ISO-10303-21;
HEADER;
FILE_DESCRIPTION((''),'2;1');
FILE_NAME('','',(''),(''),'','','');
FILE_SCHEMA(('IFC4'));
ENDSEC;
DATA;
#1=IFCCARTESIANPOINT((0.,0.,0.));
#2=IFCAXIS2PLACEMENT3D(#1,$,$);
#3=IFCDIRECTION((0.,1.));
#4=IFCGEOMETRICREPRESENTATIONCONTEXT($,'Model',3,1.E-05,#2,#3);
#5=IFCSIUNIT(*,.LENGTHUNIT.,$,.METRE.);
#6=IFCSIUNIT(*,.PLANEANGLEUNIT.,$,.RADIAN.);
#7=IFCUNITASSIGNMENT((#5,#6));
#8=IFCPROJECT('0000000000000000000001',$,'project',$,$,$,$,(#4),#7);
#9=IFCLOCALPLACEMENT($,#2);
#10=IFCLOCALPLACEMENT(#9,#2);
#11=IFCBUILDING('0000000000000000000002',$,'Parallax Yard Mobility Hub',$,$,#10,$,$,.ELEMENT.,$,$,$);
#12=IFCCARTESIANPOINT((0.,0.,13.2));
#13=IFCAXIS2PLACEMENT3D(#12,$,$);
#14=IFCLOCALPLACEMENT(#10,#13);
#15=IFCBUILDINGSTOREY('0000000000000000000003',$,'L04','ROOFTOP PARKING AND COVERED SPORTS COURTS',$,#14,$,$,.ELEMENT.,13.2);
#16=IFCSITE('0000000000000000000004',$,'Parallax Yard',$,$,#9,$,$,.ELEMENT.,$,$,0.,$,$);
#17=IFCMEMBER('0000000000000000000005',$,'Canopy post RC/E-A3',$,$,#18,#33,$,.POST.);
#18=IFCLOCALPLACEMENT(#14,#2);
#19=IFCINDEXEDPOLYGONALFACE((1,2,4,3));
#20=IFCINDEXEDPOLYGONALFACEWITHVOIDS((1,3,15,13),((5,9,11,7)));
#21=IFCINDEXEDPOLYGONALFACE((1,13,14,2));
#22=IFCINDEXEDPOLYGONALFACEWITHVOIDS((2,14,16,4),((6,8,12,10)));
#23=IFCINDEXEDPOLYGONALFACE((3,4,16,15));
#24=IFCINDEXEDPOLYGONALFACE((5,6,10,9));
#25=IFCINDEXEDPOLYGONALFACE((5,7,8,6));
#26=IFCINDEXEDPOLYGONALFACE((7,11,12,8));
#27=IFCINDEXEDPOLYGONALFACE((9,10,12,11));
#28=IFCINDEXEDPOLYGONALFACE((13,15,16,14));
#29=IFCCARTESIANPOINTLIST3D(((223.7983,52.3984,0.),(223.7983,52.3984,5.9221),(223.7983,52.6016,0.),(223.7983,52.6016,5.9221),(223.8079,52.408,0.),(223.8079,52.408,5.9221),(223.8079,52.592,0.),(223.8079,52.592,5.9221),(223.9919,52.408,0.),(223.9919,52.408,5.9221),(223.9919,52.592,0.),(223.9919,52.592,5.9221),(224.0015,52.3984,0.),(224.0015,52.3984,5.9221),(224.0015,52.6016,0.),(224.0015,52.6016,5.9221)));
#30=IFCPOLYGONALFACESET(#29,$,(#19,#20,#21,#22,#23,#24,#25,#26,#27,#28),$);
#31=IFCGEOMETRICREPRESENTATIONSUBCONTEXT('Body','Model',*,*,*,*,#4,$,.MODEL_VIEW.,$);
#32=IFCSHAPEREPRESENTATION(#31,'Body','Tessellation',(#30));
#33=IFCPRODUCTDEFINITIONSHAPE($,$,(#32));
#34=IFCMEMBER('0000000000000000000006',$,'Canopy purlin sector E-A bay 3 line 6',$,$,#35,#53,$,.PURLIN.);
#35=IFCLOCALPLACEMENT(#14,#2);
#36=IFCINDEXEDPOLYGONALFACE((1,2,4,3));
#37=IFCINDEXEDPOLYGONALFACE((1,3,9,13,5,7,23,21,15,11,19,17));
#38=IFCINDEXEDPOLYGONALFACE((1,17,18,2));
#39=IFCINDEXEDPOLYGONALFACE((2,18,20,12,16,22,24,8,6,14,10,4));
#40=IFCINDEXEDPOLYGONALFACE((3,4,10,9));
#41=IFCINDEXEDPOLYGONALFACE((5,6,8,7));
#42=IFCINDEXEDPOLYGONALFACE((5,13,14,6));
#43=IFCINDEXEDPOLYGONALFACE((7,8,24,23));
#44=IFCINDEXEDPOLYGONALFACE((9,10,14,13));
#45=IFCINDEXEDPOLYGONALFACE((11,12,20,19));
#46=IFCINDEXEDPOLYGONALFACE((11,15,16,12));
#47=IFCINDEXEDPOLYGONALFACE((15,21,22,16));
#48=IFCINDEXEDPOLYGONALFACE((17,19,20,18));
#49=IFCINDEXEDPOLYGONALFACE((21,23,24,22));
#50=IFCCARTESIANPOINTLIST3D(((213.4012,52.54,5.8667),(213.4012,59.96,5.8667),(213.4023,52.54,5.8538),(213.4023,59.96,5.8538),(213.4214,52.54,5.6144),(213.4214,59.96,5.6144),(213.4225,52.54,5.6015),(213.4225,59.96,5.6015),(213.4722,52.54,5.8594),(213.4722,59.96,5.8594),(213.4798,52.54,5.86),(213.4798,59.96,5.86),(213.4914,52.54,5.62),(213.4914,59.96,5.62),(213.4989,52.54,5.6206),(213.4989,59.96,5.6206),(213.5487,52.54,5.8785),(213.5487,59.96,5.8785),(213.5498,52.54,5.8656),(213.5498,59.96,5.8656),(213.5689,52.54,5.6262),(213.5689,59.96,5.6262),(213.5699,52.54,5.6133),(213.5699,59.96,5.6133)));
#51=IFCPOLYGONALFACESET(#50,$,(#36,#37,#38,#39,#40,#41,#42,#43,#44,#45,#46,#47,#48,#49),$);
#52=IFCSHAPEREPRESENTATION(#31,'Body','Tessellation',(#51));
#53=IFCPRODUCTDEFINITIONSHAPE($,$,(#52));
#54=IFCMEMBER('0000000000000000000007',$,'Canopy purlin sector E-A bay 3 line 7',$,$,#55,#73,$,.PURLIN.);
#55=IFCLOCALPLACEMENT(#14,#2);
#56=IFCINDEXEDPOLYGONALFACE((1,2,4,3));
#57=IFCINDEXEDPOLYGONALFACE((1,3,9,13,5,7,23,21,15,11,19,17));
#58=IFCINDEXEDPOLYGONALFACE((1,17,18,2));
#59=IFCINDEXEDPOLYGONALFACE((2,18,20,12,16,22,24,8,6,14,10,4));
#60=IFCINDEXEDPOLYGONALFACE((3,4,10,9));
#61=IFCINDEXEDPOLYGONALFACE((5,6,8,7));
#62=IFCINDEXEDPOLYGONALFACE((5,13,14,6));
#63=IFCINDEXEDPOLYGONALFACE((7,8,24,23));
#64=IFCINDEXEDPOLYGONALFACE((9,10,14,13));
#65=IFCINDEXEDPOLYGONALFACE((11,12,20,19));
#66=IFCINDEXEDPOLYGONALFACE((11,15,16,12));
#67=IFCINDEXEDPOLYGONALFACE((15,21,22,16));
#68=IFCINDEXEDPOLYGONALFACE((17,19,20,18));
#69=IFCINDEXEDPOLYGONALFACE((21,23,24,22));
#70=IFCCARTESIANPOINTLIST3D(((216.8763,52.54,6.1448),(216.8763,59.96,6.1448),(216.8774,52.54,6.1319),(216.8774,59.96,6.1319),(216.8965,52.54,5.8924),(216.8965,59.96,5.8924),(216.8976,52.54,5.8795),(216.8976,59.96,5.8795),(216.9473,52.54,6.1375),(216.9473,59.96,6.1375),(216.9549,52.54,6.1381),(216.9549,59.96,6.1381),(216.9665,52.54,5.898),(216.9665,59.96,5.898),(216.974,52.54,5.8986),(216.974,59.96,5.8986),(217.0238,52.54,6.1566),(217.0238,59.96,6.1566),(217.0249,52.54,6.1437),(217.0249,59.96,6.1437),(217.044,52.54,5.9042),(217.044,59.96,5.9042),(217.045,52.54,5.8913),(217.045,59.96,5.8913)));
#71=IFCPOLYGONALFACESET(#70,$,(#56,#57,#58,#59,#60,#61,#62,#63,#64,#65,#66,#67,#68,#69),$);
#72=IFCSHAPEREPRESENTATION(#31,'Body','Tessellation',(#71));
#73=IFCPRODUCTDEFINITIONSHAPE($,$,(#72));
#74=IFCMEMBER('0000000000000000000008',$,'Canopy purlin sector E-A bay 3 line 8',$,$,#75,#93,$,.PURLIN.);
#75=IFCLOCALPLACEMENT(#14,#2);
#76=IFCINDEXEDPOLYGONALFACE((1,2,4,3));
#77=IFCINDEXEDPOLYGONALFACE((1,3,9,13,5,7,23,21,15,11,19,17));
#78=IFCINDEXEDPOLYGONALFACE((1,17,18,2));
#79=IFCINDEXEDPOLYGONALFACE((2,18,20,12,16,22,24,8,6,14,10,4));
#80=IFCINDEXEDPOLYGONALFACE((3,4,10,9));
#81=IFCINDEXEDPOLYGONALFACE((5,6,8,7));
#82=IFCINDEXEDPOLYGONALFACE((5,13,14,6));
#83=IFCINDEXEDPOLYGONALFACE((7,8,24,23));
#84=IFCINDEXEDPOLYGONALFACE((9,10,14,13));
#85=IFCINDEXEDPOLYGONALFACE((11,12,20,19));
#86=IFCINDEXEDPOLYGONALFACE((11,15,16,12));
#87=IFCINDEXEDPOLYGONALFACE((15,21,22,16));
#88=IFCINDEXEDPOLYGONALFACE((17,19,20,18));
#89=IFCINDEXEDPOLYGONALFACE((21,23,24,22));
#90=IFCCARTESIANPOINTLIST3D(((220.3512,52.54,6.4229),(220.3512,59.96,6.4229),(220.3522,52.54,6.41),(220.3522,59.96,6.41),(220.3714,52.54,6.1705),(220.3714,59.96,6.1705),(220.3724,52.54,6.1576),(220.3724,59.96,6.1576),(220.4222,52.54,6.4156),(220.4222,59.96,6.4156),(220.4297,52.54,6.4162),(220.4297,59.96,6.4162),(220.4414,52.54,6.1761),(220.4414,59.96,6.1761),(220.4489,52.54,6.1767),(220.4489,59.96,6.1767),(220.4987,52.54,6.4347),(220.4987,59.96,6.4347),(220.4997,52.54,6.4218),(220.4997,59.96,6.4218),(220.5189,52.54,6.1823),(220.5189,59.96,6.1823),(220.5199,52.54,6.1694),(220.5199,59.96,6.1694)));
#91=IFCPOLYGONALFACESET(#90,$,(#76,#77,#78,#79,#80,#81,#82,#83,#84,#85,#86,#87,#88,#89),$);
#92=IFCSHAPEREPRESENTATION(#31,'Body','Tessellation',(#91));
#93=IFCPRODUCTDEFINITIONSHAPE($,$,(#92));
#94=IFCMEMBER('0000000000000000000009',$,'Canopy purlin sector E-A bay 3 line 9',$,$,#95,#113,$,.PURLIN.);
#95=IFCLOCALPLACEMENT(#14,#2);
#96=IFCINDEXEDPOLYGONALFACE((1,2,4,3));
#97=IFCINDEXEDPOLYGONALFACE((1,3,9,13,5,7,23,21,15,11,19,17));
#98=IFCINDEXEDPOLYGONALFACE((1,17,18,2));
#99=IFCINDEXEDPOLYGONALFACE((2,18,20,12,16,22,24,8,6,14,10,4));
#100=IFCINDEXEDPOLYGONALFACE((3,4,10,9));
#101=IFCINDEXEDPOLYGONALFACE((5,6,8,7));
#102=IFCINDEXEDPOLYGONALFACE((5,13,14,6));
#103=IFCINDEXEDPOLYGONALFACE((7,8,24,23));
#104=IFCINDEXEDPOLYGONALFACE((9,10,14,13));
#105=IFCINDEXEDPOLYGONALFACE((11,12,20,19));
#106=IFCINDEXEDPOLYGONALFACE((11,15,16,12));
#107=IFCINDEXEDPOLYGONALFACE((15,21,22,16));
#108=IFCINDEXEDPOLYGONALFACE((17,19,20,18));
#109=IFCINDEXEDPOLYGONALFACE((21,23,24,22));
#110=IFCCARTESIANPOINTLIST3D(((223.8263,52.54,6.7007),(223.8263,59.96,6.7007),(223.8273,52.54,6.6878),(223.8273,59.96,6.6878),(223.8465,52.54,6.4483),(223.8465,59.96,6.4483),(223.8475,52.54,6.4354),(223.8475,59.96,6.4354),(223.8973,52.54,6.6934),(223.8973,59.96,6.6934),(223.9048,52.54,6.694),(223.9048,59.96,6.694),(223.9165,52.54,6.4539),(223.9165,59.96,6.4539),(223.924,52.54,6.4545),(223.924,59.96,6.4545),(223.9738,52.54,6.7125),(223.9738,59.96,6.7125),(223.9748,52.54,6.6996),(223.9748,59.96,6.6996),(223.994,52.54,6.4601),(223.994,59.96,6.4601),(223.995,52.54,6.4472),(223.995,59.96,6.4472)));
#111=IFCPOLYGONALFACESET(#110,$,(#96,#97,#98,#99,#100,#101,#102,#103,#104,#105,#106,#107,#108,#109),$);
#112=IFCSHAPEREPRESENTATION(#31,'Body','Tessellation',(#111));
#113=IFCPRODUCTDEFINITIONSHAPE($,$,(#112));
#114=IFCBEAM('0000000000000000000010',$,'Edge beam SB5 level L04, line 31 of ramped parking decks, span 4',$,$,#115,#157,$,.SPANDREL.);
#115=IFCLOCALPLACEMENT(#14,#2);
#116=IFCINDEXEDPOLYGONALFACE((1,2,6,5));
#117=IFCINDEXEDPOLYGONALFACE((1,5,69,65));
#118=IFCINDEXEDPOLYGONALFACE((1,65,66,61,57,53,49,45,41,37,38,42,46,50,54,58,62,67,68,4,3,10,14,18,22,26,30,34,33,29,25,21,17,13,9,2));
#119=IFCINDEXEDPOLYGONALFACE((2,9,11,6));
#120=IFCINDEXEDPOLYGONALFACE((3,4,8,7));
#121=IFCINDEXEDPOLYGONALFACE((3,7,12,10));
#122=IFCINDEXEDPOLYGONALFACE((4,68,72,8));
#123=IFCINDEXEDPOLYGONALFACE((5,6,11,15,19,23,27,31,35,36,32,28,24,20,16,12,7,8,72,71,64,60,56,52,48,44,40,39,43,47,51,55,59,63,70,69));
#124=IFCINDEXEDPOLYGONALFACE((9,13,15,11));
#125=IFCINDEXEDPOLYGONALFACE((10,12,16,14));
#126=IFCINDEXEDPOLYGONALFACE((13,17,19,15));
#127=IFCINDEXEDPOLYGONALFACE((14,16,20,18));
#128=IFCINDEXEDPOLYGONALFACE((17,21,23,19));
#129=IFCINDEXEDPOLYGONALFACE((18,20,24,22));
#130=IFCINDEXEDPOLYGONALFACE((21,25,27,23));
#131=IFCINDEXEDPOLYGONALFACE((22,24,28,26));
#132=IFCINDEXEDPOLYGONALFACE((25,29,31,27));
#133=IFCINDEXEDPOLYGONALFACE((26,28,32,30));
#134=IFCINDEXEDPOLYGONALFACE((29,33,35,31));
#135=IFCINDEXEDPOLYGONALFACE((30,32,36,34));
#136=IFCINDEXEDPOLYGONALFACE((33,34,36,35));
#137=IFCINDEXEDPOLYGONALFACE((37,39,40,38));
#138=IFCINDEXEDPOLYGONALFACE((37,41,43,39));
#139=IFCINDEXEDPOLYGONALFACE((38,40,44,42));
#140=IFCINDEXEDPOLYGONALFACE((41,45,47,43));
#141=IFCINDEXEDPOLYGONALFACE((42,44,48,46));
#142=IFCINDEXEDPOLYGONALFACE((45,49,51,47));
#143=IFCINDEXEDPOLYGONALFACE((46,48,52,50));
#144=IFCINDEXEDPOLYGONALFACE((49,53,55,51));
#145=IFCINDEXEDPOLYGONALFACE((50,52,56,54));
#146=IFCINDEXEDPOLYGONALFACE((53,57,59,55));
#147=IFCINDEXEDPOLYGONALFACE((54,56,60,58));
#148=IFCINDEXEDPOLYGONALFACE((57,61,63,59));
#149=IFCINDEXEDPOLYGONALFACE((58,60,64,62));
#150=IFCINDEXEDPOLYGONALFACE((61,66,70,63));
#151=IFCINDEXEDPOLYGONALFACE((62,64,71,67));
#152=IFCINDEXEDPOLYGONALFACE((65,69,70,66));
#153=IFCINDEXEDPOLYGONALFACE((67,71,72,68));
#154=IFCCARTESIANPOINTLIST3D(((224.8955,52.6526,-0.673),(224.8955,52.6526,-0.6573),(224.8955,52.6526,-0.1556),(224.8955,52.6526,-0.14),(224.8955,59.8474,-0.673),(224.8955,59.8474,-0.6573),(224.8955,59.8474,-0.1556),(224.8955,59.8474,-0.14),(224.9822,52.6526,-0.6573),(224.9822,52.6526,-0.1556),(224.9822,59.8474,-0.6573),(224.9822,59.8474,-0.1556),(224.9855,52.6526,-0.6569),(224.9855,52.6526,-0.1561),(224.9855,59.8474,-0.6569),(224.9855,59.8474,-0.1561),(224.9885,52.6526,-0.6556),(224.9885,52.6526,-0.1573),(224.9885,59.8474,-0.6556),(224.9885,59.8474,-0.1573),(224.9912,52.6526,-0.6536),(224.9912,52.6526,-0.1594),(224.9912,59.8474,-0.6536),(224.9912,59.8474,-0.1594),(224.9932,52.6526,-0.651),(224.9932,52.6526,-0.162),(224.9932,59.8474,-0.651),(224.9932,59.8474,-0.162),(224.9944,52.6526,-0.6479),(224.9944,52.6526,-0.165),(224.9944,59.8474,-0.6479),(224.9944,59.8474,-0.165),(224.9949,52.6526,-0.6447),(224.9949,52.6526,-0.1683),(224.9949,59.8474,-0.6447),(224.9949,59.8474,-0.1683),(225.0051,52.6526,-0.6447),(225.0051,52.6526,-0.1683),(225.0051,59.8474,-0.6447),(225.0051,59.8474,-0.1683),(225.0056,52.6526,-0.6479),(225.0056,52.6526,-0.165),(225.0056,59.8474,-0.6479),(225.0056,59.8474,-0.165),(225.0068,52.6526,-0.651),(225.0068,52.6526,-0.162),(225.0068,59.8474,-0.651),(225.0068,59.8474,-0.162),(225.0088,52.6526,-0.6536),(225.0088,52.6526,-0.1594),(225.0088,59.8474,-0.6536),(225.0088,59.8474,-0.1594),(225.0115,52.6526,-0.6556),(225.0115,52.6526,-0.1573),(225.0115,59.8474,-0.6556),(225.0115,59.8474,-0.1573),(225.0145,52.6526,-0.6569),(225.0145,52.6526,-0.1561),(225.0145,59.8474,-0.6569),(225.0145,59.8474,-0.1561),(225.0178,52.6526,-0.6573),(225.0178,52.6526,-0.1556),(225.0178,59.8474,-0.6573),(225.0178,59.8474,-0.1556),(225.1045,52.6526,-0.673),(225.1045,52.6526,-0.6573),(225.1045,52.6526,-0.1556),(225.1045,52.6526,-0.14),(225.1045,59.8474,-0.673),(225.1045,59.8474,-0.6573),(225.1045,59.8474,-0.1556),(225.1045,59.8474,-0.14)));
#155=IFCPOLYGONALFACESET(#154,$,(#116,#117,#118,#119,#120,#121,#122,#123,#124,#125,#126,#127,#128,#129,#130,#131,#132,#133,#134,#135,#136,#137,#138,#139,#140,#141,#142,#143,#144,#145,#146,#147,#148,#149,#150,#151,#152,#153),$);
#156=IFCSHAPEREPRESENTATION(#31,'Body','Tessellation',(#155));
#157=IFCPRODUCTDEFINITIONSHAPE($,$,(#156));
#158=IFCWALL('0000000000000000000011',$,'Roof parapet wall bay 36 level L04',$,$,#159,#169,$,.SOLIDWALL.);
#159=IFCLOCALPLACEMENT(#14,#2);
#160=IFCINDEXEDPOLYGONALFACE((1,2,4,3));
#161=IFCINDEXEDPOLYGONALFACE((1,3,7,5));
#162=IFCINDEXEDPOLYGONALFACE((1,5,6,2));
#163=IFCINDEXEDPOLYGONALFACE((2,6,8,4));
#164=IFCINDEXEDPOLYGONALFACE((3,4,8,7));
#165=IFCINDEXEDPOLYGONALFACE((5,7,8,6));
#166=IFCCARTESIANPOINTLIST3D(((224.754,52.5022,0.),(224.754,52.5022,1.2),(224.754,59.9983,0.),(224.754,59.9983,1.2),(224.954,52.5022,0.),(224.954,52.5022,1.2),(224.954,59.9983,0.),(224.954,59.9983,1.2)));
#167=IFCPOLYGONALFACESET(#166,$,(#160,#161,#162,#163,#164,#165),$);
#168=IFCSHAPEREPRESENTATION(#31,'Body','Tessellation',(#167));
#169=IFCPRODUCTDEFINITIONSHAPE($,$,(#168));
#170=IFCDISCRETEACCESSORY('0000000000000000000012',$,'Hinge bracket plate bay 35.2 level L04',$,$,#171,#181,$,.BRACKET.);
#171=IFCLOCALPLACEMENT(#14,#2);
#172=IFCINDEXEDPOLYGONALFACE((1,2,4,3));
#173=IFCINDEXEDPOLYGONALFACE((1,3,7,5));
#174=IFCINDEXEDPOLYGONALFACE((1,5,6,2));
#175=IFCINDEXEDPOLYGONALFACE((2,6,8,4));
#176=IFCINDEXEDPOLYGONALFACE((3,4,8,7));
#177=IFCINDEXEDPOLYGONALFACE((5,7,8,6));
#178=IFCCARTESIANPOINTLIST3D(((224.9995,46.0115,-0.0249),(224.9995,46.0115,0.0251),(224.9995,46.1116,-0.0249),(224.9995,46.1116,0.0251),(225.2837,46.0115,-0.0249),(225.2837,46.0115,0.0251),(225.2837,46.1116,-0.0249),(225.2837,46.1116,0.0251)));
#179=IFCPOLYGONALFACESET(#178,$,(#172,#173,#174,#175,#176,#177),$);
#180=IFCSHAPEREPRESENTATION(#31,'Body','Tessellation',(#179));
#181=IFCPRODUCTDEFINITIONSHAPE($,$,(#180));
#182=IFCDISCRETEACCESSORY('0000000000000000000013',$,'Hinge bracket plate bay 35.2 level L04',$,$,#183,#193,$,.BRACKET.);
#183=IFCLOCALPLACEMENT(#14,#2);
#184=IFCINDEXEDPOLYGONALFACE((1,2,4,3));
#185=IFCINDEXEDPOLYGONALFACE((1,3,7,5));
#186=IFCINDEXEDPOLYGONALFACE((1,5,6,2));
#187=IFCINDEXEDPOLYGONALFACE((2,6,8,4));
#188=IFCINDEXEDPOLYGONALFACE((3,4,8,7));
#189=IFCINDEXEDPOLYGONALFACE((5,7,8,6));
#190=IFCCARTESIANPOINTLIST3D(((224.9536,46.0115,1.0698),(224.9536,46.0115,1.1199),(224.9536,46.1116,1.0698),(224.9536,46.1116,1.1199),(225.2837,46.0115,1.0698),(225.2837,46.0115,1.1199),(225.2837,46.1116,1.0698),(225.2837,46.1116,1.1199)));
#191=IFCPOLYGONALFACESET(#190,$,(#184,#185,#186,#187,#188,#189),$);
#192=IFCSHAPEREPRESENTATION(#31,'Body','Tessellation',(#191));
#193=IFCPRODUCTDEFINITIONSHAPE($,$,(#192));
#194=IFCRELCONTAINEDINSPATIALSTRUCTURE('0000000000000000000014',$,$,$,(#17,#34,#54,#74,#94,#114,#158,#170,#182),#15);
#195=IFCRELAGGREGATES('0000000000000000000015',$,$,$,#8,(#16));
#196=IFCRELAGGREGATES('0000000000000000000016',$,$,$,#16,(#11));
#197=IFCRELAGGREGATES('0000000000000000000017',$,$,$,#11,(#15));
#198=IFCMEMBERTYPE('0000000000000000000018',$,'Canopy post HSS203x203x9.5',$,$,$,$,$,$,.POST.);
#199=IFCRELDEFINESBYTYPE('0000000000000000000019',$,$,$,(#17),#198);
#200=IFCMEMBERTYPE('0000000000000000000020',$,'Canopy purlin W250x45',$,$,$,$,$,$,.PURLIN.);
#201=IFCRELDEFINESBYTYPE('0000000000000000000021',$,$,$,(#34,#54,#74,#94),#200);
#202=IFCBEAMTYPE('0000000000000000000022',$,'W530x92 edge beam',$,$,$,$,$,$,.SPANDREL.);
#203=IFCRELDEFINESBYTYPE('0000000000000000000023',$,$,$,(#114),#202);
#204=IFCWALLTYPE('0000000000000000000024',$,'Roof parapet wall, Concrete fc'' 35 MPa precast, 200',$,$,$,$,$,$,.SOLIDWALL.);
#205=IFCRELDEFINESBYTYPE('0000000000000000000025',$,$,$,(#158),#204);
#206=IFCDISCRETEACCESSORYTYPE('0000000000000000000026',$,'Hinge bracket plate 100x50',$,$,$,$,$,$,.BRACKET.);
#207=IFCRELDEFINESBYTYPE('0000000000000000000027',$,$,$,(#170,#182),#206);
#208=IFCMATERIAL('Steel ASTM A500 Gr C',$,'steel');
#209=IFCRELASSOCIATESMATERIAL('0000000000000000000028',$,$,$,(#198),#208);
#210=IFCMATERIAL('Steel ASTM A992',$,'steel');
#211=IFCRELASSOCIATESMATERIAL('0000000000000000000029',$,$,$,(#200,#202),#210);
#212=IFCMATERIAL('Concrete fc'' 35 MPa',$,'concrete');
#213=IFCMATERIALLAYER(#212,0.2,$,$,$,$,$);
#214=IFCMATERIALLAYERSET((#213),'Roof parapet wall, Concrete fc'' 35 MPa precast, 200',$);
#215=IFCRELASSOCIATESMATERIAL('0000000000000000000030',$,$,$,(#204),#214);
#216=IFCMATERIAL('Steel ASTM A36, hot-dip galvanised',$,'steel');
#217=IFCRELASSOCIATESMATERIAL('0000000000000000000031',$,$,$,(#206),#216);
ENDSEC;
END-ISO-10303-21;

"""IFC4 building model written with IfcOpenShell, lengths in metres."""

from ifc_helpers import new_model, si_unit, direction, frame, frame_2d, origin, origin_2d, place, context, subcontext, project, spatial, rectangle, hollow_rectangle, i_section, extrude, material, layer, layer_set, material_profile, profile_set, type_object, element, save


model = new_model("IFC4")

# Units and contexts
model_context = context("Model", 3, precision=1e-05, world=origin(), true_north=direction((0.0, 1.0)))
body_context = subcontext(model_context, "Body", "Model", "MODEL_VIEW")
ifc_project = project(units=[si_unit("LENGTHUNIT", "METRE"), si_unit("PLANEANGLEUNIT", "RADIAN")], contexts=[model_context])

# Site, building, storey
site_placement = place(None, origin())
site = spatial("IfcSite", under=ifc_project, at=site_placement, Name="Parallax Yard", CompositionType="ELEMENT", RefElevation=0.0)
building_placement = place(site_placement, origin())
building = spatial("IfcBuilding", under=site, at=building_placement, Name="Parallax Yard Mobility Hub", CompositionType="ELEMENT")
storey_placement = place(building_placement, frame((0.0, 0.0, 13.2)))
storey = spatial("IfcBuildingStorey", under=building, at=storey_placement, Name="L04", Description="ROOFTOP PARKING AND COVERED SPORTS COURTS", CompositionType="ELEMENT", Elevation=13.2)

# Members
ifc_material_1 = material(Name="Steel ASTM A500 Gr C", Category="steel")
ifc_material_profile_1 = material_profile(ifc_material_1, hollow_rectangle(XDim=0.2031, YDim=0.2031, WallThickness=0.0095, at=origin_2d()), Name="HSS203x203x9.5")
ifc_profile_set_1 = profile_set([ifc_material_profile_1], Name="Steel ASTM A500 Gr C")
member_type_1 = type_object("IfcMemberType", Name="Canopy post HSS203x203x9.5", PredefinedType="POST", material=ifc_profile_set_1)
member_placement = place(storey_placement, frame((223.8999, 52.5, 0.0), z_axis=(0.0, 0.0, 1.0), x_axis=(1.0, 0.0, 0.0)))
element("IfcMember", 1, at=member_placement, inside=storey, type_object=member_type_1, Name="Canopy post RC/E-A3", PredefinedType="POST", context=body_context, shape_type="SweptSolid", body=[
    extrude(hollow_rectangle(XDim=0.2031, YDim=0.2031, WallThickness=0.0095, at=origin_2d()), origin(), (0.0, 0.0, 1.0), 5.9221),
])
ifc_material_2 = material(Name="Steel ASTM A992", Category="steel")
ifc_material_profile_2 = material_profile(ifc_material_2, i_section(OverallWidth=0.1479, OverallDepth=0.2661, WebThickness=0.0076, FlangeThickness=0.0129, at=origin_2d()), Name="W250x45")
ifc_profile_set_2 = profile_set([ifc_material_profile_2], Name="Steel ASTM A992")
member_type_2 = type_object("IfcMemberType", Name="Canopy purlin W250x45", PredefinedType="PURLIN", material=ifc_profile_set_2)
for number, where, z_axis, x_axis, name in (
    (2, (213.4856, 52.54, 5.74), (0.0, 1.0, 0.0), (-0.996815, 0.0, -0.079745), "Canopy purlin sector E-A bay 3 line 6"),
    (3, (216.9607, 52.54, 6.0181), (0.0, 1.0, 0.0), (-0.996815, 0.0, -0.079745), "Canopy purlin sector E-A bay 3 line 7"),
    (4, (220.4355, 52.54, 6.2961), (0.0, 1.0, 0.0), (-0.996815, 0.0, -0.079745), "Canopy purlin sector E-A bay 3 line 8"),
    (5, (223.9106, 52.54, 6.574), (0.0, 1.0, 0.0), (-0.996815, 0.0, -0.079745), "Canopy purlin sector E-A bay 3 line 9"),
):
    element("IfcMember", number, at=place(storey_placement, frame(where, z_axis=z_axis, x_axis=x_axis)), inside=storey, type_object=member_type_2, Name=name, PredefinedType="PURLIN", context=body_context, shape_type="SweptSolid", body=[
        extrude(i_section(OverallWidth=0.1479, OverallDepth=0.2661, WebThickness=0.0076, FlangeThickness=0.0129, at=origin_2d()), origin(), (0.0, 0.0, 1.0), 7.4199),
    ])

# Beam
ifc_material_profile_3 = material_profile(ifc_material_2, i_section(OverallWidth=0.209, OverallDepth=0.533, WebThickness=0.0103, FlangeThickness=0.0156, FilletRadius=0.0127, at=origin_2d()), Name="W530x92")
ifc_profile_set_3 = profile_set([ifc_material_profile_3], Name="Steel ASTM A992")
beam_type = type_object("IfcBeamType", Name="W530x92 edge beam", PredefinedType="SPANDREL", material=ifc_profile_set_3)
beam_placement = place(storey_placement, frame((225.0, 52.6526, -0.4065), z_axis=(0.0, 1.0, 0.0), x_axis=(-1.0, 0.0, 0.0)))
element("IfcBeam", 6, at=beam_placement, inside=storey, type_object=beam_type, Name="Edge beam SB5 level L04, line 31 of ramped parking decks, span 4", PredefinedType="SPANDREL", context=body_context, shape_type="SweptSolid", body=[
    extrude(i_section(OverallWidth=0.209, OverallDepth=0.533, WebThickness=0.0103, FlangeThickness=0.0156, FilletRadius=0.0127, at=origin_2d()), origin(), (0.0, 0.0, 1.0), 7.1948),
])

# Wall
ifc_material_3 = material(Name="Concrete fc' 35 MPa", Category="concrete")
ifc_layer = layer(ifc_material_3, 0.2)
ifc_layer_set = layer_set([ifc_layer], Name="Roof parapet wall, Concrete fc' 35 MPa precast, 200")
wall_type = type_object("IfcWallType", Name="Roof parapet wall, Concrete fc' 35 MPa precast, 200", PredefinedType="SOLIDWALL", material=ifc_layer_set)
wall_placement = place(storey_placement, frame((224.854, 52.5022, 0.0), z_axis=(0.0, 0.0, 1.0), x_axis=(0.0, 1.0, 0.0)))
element("IfcWall", 7, at=wall_placement, inside=storey, type_object=wall_type, Name="Roof parapet wall bay 36 level L04", PredefinedType="SOLIDWALL", context=body_context, shape_type="SweptSolid", body=[
    extrude(rectangle(XDim=7.4961, YDim=0.2, at=frame_2d((3.748, 0.0))), origin(), (0.0, 0.0, 1.0), 1.2),
])

# Discrete accessories
ifc_material_4 = material(Name="Steel ASTM A36, hot-dip galvanised", Category="steel")
discrete_accessory_type_1 = type_object("IfcDiscreteAccessoryType", Name="Hinge bracket plate 100x50", PredefinedType="BRACKET", material=ifc_material_4)
discrete_accessory_1_placement = place(storey_placement, frame((225.1416, 46.0615, -0.0249), z_axis=(0.0, 0.0, 1.0), x_axis=(1.0, 0.0, 0.0)))
element("IfcDiscreteAccessory", 8, at=discrete_accessory_1_placement, inside=storey, type_object=discrete_accessory_type_1, Name="Hinge bracket plate bay 35.2 level L04", PredefinedType="BRACKET", context=body_context, shape_type="SweptSolid", body=[
    extrude(rectangle(XDim=0.2842, YDim=0.1001, at=origin_2d()), origin(), (0.0, 0.0, 1.0), 0.05),
])
discrete_accessory_2_placement = place(storey_placement, frame((225.1187, 46.0615, 1.0698), z_axis=(0.0, 0.0, 1.0), x_axis=(1.0, 0.0, 0.0)))
element("IfcDiscreteAccessory", 9, at=discrete_accessory_2_placement, inside=storey, type_object=discrete_accessory_type_1, Name="Hinge bracket plate bay 35.2 level L04", PredefinedType="BRACKET", context=body_context, shape_type="SweptSolid", body=[
    extrude(rectangle(XDim=0.3301, YDim=0.1001, at=origin_2d()), origin(), (0.0, 0.0, 1.0), 0.05),
])

save(model, "model.ifc")
